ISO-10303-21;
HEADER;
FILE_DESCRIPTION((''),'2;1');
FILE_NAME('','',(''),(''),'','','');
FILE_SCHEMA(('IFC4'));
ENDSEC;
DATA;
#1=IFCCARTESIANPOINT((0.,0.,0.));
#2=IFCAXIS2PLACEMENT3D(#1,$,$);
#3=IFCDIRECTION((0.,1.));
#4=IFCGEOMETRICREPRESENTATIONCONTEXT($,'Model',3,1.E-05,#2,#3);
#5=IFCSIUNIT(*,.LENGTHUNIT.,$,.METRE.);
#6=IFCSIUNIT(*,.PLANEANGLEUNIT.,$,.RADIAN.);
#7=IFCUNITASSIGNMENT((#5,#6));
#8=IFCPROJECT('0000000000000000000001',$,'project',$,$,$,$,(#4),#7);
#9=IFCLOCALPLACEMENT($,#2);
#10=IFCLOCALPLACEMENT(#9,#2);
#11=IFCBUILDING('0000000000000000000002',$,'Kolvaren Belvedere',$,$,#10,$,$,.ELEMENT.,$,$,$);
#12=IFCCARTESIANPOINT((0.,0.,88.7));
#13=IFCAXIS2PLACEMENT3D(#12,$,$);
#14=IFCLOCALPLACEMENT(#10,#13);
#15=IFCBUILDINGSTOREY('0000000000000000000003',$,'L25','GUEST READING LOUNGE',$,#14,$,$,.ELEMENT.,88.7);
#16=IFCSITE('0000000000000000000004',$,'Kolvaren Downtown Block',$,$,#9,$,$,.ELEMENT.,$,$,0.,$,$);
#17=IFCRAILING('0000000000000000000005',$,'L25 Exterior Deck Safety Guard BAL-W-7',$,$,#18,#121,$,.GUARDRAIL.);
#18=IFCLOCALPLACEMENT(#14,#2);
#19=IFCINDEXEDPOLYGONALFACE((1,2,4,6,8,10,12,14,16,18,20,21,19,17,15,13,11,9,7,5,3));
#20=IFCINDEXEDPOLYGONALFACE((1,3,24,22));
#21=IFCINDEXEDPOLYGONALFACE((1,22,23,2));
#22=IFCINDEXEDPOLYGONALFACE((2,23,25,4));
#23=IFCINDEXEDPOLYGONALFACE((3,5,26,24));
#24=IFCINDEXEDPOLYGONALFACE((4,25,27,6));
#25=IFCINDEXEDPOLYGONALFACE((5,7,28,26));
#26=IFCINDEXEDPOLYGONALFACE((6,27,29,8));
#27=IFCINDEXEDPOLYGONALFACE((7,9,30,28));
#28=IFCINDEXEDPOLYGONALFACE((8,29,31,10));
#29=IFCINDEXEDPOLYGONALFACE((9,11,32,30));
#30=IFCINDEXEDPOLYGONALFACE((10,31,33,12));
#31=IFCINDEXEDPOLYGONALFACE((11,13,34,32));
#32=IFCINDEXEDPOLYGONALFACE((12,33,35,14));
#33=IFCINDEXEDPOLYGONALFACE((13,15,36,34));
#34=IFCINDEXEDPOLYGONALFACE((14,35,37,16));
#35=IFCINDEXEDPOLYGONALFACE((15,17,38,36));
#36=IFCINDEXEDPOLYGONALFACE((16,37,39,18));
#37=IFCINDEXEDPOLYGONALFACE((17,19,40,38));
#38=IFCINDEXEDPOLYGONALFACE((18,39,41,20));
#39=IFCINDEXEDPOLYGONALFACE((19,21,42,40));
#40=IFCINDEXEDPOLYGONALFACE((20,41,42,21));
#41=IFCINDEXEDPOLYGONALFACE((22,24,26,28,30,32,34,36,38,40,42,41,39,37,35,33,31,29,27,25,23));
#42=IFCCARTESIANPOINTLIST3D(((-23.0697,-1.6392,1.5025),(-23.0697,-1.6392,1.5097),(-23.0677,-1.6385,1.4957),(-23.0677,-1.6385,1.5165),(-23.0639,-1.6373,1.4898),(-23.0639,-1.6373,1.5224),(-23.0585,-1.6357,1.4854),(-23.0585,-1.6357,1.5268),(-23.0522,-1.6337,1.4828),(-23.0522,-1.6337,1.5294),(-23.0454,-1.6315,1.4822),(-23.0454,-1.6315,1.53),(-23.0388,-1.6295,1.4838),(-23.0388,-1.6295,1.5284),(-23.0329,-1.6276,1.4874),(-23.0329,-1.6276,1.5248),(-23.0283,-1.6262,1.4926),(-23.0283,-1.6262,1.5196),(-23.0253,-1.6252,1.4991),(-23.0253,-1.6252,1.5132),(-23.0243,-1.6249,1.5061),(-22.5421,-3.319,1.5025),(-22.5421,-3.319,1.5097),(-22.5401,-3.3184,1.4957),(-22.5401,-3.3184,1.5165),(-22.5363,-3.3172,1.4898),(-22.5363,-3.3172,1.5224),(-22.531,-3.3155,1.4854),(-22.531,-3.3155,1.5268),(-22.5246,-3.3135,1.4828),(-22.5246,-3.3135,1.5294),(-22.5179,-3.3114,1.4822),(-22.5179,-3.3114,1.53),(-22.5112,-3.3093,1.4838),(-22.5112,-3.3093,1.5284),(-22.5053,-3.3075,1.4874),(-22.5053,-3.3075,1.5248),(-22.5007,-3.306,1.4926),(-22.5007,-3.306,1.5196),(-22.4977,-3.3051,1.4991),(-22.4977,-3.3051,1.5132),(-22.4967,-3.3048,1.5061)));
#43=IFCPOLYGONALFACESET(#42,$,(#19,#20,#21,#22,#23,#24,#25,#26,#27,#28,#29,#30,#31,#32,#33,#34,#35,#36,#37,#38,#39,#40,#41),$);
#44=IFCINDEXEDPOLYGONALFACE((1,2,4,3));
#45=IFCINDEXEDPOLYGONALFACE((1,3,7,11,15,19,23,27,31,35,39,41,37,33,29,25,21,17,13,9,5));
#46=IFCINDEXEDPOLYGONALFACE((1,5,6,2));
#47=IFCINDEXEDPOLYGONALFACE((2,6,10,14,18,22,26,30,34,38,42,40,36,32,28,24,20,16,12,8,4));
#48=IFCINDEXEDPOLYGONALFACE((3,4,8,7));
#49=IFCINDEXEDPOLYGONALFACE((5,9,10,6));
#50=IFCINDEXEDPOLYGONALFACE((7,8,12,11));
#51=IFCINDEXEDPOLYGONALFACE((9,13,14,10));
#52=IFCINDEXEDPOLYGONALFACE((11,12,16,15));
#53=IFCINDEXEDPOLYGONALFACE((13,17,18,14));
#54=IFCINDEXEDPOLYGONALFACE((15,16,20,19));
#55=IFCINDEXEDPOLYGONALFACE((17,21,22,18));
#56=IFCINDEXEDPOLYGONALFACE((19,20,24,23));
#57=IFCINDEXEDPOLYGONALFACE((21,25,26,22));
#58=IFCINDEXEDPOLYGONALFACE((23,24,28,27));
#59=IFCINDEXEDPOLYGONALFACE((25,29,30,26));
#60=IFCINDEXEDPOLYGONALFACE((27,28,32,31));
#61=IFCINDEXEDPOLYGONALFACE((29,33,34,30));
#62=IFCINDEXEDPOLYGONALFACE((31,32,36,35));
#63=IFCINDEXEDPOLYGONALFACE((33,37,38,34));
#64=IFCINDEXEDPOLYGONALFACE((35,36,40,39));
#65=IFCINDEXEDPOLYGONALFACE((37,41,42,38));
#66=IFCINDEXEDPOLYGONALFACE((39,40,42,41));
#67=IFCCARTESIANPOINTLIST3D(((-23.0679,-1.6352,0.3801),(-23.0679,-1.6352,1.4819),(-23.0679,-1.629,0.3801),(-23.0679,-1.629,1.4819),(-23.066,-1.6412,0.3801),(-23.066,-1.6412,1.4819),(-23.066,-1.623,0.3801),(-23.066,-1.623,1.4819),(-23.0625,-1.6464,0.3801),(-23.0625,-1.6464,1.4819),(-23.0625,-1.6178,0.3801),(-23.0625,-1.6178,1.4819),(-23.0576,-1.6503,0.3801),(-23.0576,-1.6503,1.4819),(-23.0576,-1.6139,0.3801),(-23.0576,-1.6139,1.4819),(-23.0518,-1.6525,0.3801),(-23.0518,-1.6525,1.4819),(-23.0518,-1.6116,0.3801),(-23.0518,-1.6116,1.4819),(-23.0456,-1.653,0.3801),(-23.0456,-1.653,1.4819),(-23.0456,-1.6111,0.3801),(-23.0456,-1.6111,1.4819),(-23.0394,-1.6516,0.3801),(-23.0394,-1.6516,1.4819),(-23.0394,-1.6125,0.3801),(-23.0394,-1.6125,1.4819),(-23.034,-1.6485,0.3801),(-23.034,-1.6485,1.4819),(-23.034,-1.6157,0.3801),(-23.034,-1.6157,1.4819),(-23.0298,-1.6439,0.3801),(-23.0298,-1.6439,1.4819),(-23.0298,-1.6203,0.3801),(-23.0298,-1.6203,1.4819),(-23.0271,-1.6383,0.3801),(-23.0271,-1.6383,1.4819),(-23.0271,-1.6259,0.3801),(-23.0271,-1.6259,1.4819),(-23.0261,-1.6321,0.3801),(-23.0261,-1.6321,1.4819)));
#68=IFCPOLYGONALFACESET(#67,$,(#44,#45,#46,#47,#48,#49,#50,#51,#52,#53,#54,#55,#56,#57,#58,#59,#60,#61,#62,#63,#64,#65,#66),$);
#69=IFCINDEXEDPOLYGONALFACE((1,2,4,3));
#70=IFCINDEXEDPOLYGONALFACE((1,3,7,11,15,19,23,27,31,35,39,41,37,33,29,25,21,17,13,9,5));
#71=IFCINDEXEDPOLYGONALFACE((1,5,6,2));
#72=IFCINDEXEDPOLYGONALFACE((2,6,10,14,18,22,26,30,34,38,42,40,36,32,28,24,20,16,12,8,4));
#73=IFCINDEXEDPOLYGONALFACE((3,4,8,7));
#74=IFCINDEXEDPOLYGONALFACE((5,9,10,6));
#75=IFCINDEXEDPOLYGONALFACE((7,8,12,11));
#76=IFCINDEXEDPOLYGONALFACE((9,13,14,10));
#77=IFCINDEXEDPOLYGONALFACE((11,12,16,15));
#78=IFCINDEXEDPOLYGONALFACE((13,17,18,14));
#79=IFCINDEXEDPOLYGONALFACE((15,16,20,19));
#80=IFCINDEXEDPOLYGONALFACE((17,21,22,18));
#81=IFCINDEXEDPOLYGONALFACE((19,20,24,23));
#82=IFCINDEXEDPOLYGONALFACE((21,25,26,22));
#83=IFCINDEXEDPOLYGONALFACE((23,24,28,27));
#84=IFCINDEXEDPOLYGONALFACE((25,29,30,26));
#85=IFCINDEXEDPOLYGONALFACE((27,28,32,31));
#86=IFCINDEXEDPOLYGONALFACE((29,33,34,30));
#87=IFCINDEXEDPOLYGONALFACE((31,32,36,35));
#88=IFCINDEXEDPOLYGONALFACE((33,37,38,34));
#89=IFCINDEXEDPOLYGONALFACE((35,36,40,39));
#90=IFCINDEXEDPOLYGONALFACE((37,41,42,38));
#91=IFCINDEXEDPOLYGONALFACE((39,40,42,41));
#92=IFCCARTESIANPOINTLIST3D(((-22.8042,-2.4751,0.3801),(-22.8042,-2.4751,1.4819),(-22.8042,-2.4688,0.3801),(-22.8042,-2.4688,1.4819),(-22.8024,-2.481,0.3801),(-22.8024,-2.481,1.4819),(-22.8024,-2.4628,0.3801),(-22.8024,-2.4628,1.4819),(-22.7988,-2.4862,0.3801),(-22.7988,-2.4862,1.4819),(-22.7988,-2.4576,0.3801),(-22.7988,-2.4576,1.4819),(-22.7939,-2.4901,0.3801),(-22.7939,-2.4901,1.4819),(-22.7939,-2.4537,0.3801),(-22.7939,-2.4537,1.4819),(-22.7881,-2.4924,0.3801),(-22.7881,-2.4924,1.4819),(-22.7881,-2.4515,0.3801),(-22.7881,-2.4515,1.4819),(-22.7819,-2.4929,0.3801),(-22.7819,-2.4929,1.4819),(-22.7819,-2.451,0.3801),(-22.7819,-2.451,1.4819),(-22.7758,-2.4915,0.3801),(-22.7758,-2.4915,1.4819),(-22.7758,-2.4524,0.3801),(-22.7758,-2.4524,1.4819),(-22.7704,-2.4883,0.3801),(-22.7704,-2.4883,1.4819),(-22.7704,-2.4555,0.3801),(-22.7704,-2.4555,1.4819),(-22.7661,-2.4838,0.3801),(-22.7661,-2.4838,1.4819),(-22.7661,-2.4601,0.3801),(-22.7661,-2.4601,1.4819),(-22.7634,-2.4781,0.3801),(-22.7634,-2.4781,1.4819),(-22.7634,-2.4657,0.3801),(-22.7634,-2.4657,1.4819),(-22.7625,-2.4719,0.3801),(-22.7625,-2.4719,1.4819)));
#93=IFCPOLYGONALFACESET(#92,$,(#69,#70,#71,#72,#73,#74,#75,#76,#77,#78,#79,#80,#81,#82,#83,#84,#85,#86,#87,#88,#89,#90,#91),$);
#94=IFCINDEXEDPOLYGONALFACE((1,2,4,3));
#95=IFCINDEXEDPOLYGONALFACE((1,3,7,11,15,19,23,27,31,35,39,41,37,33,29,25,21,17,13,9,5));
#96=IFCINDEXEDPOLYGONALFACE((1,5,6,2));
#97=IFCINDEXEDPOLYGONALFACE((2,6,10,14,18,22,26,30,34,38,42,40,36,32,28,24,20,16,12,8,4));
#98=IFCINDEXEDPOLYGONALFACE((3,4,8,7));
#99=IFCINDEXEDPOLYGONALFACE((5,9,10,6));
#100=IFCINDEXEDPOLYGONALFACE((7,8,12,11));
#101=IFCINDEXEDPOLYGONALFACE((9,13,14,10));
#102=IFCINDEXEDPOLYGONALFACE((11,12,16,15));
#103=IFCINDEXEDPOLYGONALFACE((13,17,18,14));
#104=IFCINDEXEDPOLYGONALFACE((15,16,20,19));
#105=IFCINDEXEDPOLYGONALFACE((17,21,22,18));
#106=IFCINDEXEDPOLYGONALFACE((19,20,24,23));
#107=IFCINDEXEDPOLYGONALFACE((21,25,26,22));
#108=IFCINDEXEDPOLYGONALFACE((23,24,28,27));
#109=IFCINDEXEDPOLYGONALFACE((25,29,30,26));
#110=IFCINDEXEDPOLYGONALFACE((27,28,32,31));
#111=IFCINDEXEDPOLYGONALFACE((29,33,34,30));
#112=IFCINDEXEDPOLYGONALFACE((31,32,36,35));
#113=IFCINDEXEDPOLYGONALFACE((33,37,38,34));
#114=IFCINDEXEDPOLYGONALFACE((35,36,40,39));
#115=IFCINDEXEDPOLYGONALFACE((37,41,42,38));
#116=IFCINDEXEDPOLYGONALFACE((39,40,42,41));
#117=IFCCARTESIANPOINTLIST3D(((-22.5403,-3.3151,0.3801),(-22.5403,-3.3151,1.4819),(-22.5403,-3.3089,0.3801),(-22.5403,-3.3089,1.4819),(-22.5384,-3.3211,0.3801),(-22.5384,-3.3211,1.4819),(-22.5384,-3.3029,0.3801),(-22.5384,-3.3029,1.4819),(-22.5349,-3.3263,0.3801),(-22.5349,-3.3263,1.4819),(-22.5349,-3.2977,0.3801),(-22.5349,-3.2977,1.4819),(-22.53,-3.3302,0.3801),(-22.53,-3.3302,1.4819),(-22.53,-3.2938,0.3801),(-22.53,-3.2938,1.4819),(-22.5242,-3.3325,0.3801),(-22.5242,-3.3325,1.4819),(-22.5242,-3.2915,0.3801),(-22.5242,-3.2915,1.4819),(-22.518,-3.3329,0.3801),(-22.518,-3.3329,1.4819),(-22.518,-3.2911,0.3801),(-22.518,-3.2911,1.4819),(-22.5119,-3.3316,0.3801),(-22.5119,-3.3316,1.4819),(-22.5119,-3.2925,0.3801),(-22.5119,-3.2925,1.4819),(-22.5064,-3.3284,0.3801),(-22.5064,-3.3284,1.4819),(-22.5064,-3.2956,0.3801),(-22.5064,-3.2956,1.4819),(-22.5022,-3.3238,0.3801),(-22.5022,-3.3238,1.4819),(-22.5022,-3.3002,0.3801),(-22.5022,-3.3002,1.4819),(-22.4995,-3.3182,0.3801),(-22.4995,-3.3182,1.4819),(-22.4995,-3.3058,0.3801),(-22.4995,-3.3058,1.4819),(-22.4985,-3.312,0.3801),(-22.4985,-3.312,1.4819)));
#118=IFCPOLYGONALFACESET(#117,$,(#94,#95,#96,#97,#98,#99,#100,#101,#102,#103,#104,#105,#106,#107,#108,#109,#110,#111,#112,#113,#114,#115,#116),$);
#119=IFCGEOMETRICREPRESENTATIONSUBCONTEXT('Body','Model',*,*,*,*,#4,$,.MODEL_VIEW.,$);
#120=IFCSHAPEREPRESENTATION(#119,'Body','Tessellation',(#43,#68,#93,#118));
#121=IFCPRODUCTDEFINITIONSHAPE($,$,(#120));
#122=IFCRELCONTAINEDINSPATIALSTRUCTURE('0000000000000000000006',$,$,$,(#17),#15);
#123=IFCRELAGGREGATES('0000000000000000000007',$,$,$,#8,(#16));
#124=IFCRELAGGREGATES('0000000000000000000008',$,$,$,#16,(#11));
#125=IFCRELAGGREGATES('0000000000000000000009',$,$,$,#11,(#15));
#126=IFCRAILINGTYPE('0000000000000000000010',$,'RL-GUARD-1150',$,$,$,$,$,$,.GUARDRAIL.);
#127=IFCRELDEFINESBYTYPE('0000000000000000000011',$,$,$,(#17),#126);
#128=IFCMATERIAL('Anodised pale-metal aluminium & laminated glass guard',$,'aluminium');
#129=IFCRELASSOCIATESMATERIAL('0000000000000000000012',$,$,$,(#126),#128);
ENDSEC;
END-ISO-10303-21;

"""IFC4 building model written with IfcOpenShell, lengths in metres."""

from ifc_helpers import new_model, si_unit, direction, frame, origin, origin_2d, place, context, subcontext, project, spatial, circle, extrude, material, type_object, element, save


model = new_model("IFC4")

# Units and contexts
model_context = context("Model", 3, precision=1e-05, world=origin(), true_north=direction((0.0, 1.0)))
body_context = subcontext(model_context, "Body", "Model", "MODEL_VIEW")
ifc_project = project(units=[si_unit("LENGTHUNIT", "METRE"), si_unit("PLANEANGLEUNIT", "RADIAN")], contexts=[model_context])

# Site, building, storey
site_placement = place(None, origin())
site = spatial("IfcSite", under=ifc_project, at=site_placement, Name="Kolvaren Downtown Block", CompositionType="ELEMENT", RefElevation=0.0)
building_placement = place(site_placement, origin())
building = spatial("IfcBuilding", under=site, at=building_placement, Name="Kolvaren Belvedere", CompositionType="ELEMENT")
storey_placement = place(building_placement, frame((0.0, 0.0, 88.7)))
storey = spatial("IfcBuildingStorey", under=building, at=storey_placement, Name="L25", Description="GUEST READING LOUNGE", CompositionType="ELEMENT", Elevation=88.7)

# Railing
ifc_material_1 = material(Name="Anodised pale-metal aluminium & laminated glass guard", Category="aluminium")
railing_type = type_object("IfcRailingType", Name="RL-GUARD-1150", PredefinedType="GUARDRAIL", material=ifc_material_1)
railing_1_placement = place(storey_placement, frame((-23.0471, -1.6321, 0.3801)))
element("IfcRailing", 1, at=railing_1_placement, inside=storey, type_object=railing_type, Name="L25 Exterior Deck Safety Guard BAL-W-7", PredefinedType="GUARDRAIL", context=body_context, shape_type="SweptSolid", body=[
    extrude(circle(Radius=0.0239, at=origin_2d()), frame((0.0, 0.0, 1.126), z_axis=(0.299625, -0.954057, 0.0), x_axis=(0.954057, 0.299625, 0.0)), (0.0, 0.0, 1.0), 1.7607),
    extrude(circle(Radius=0.021, at=origin_2d()), origin(), (0.0, 0.0, 1.0), 1.1018),
    extrude(circle(Radius=0.021, at=origin_2d()), frame((0.2637, -0.8398, 0.0)), (0.0, 0.0, 1.0), 1.1018),
    extrude(circle(Radius=0.021, at=origin_2d()), frame((0.5276, -1.6799, 0.0)), (0.0, 0.0, 1.0), 1.1018),
])

save(model, "model.ifc")
